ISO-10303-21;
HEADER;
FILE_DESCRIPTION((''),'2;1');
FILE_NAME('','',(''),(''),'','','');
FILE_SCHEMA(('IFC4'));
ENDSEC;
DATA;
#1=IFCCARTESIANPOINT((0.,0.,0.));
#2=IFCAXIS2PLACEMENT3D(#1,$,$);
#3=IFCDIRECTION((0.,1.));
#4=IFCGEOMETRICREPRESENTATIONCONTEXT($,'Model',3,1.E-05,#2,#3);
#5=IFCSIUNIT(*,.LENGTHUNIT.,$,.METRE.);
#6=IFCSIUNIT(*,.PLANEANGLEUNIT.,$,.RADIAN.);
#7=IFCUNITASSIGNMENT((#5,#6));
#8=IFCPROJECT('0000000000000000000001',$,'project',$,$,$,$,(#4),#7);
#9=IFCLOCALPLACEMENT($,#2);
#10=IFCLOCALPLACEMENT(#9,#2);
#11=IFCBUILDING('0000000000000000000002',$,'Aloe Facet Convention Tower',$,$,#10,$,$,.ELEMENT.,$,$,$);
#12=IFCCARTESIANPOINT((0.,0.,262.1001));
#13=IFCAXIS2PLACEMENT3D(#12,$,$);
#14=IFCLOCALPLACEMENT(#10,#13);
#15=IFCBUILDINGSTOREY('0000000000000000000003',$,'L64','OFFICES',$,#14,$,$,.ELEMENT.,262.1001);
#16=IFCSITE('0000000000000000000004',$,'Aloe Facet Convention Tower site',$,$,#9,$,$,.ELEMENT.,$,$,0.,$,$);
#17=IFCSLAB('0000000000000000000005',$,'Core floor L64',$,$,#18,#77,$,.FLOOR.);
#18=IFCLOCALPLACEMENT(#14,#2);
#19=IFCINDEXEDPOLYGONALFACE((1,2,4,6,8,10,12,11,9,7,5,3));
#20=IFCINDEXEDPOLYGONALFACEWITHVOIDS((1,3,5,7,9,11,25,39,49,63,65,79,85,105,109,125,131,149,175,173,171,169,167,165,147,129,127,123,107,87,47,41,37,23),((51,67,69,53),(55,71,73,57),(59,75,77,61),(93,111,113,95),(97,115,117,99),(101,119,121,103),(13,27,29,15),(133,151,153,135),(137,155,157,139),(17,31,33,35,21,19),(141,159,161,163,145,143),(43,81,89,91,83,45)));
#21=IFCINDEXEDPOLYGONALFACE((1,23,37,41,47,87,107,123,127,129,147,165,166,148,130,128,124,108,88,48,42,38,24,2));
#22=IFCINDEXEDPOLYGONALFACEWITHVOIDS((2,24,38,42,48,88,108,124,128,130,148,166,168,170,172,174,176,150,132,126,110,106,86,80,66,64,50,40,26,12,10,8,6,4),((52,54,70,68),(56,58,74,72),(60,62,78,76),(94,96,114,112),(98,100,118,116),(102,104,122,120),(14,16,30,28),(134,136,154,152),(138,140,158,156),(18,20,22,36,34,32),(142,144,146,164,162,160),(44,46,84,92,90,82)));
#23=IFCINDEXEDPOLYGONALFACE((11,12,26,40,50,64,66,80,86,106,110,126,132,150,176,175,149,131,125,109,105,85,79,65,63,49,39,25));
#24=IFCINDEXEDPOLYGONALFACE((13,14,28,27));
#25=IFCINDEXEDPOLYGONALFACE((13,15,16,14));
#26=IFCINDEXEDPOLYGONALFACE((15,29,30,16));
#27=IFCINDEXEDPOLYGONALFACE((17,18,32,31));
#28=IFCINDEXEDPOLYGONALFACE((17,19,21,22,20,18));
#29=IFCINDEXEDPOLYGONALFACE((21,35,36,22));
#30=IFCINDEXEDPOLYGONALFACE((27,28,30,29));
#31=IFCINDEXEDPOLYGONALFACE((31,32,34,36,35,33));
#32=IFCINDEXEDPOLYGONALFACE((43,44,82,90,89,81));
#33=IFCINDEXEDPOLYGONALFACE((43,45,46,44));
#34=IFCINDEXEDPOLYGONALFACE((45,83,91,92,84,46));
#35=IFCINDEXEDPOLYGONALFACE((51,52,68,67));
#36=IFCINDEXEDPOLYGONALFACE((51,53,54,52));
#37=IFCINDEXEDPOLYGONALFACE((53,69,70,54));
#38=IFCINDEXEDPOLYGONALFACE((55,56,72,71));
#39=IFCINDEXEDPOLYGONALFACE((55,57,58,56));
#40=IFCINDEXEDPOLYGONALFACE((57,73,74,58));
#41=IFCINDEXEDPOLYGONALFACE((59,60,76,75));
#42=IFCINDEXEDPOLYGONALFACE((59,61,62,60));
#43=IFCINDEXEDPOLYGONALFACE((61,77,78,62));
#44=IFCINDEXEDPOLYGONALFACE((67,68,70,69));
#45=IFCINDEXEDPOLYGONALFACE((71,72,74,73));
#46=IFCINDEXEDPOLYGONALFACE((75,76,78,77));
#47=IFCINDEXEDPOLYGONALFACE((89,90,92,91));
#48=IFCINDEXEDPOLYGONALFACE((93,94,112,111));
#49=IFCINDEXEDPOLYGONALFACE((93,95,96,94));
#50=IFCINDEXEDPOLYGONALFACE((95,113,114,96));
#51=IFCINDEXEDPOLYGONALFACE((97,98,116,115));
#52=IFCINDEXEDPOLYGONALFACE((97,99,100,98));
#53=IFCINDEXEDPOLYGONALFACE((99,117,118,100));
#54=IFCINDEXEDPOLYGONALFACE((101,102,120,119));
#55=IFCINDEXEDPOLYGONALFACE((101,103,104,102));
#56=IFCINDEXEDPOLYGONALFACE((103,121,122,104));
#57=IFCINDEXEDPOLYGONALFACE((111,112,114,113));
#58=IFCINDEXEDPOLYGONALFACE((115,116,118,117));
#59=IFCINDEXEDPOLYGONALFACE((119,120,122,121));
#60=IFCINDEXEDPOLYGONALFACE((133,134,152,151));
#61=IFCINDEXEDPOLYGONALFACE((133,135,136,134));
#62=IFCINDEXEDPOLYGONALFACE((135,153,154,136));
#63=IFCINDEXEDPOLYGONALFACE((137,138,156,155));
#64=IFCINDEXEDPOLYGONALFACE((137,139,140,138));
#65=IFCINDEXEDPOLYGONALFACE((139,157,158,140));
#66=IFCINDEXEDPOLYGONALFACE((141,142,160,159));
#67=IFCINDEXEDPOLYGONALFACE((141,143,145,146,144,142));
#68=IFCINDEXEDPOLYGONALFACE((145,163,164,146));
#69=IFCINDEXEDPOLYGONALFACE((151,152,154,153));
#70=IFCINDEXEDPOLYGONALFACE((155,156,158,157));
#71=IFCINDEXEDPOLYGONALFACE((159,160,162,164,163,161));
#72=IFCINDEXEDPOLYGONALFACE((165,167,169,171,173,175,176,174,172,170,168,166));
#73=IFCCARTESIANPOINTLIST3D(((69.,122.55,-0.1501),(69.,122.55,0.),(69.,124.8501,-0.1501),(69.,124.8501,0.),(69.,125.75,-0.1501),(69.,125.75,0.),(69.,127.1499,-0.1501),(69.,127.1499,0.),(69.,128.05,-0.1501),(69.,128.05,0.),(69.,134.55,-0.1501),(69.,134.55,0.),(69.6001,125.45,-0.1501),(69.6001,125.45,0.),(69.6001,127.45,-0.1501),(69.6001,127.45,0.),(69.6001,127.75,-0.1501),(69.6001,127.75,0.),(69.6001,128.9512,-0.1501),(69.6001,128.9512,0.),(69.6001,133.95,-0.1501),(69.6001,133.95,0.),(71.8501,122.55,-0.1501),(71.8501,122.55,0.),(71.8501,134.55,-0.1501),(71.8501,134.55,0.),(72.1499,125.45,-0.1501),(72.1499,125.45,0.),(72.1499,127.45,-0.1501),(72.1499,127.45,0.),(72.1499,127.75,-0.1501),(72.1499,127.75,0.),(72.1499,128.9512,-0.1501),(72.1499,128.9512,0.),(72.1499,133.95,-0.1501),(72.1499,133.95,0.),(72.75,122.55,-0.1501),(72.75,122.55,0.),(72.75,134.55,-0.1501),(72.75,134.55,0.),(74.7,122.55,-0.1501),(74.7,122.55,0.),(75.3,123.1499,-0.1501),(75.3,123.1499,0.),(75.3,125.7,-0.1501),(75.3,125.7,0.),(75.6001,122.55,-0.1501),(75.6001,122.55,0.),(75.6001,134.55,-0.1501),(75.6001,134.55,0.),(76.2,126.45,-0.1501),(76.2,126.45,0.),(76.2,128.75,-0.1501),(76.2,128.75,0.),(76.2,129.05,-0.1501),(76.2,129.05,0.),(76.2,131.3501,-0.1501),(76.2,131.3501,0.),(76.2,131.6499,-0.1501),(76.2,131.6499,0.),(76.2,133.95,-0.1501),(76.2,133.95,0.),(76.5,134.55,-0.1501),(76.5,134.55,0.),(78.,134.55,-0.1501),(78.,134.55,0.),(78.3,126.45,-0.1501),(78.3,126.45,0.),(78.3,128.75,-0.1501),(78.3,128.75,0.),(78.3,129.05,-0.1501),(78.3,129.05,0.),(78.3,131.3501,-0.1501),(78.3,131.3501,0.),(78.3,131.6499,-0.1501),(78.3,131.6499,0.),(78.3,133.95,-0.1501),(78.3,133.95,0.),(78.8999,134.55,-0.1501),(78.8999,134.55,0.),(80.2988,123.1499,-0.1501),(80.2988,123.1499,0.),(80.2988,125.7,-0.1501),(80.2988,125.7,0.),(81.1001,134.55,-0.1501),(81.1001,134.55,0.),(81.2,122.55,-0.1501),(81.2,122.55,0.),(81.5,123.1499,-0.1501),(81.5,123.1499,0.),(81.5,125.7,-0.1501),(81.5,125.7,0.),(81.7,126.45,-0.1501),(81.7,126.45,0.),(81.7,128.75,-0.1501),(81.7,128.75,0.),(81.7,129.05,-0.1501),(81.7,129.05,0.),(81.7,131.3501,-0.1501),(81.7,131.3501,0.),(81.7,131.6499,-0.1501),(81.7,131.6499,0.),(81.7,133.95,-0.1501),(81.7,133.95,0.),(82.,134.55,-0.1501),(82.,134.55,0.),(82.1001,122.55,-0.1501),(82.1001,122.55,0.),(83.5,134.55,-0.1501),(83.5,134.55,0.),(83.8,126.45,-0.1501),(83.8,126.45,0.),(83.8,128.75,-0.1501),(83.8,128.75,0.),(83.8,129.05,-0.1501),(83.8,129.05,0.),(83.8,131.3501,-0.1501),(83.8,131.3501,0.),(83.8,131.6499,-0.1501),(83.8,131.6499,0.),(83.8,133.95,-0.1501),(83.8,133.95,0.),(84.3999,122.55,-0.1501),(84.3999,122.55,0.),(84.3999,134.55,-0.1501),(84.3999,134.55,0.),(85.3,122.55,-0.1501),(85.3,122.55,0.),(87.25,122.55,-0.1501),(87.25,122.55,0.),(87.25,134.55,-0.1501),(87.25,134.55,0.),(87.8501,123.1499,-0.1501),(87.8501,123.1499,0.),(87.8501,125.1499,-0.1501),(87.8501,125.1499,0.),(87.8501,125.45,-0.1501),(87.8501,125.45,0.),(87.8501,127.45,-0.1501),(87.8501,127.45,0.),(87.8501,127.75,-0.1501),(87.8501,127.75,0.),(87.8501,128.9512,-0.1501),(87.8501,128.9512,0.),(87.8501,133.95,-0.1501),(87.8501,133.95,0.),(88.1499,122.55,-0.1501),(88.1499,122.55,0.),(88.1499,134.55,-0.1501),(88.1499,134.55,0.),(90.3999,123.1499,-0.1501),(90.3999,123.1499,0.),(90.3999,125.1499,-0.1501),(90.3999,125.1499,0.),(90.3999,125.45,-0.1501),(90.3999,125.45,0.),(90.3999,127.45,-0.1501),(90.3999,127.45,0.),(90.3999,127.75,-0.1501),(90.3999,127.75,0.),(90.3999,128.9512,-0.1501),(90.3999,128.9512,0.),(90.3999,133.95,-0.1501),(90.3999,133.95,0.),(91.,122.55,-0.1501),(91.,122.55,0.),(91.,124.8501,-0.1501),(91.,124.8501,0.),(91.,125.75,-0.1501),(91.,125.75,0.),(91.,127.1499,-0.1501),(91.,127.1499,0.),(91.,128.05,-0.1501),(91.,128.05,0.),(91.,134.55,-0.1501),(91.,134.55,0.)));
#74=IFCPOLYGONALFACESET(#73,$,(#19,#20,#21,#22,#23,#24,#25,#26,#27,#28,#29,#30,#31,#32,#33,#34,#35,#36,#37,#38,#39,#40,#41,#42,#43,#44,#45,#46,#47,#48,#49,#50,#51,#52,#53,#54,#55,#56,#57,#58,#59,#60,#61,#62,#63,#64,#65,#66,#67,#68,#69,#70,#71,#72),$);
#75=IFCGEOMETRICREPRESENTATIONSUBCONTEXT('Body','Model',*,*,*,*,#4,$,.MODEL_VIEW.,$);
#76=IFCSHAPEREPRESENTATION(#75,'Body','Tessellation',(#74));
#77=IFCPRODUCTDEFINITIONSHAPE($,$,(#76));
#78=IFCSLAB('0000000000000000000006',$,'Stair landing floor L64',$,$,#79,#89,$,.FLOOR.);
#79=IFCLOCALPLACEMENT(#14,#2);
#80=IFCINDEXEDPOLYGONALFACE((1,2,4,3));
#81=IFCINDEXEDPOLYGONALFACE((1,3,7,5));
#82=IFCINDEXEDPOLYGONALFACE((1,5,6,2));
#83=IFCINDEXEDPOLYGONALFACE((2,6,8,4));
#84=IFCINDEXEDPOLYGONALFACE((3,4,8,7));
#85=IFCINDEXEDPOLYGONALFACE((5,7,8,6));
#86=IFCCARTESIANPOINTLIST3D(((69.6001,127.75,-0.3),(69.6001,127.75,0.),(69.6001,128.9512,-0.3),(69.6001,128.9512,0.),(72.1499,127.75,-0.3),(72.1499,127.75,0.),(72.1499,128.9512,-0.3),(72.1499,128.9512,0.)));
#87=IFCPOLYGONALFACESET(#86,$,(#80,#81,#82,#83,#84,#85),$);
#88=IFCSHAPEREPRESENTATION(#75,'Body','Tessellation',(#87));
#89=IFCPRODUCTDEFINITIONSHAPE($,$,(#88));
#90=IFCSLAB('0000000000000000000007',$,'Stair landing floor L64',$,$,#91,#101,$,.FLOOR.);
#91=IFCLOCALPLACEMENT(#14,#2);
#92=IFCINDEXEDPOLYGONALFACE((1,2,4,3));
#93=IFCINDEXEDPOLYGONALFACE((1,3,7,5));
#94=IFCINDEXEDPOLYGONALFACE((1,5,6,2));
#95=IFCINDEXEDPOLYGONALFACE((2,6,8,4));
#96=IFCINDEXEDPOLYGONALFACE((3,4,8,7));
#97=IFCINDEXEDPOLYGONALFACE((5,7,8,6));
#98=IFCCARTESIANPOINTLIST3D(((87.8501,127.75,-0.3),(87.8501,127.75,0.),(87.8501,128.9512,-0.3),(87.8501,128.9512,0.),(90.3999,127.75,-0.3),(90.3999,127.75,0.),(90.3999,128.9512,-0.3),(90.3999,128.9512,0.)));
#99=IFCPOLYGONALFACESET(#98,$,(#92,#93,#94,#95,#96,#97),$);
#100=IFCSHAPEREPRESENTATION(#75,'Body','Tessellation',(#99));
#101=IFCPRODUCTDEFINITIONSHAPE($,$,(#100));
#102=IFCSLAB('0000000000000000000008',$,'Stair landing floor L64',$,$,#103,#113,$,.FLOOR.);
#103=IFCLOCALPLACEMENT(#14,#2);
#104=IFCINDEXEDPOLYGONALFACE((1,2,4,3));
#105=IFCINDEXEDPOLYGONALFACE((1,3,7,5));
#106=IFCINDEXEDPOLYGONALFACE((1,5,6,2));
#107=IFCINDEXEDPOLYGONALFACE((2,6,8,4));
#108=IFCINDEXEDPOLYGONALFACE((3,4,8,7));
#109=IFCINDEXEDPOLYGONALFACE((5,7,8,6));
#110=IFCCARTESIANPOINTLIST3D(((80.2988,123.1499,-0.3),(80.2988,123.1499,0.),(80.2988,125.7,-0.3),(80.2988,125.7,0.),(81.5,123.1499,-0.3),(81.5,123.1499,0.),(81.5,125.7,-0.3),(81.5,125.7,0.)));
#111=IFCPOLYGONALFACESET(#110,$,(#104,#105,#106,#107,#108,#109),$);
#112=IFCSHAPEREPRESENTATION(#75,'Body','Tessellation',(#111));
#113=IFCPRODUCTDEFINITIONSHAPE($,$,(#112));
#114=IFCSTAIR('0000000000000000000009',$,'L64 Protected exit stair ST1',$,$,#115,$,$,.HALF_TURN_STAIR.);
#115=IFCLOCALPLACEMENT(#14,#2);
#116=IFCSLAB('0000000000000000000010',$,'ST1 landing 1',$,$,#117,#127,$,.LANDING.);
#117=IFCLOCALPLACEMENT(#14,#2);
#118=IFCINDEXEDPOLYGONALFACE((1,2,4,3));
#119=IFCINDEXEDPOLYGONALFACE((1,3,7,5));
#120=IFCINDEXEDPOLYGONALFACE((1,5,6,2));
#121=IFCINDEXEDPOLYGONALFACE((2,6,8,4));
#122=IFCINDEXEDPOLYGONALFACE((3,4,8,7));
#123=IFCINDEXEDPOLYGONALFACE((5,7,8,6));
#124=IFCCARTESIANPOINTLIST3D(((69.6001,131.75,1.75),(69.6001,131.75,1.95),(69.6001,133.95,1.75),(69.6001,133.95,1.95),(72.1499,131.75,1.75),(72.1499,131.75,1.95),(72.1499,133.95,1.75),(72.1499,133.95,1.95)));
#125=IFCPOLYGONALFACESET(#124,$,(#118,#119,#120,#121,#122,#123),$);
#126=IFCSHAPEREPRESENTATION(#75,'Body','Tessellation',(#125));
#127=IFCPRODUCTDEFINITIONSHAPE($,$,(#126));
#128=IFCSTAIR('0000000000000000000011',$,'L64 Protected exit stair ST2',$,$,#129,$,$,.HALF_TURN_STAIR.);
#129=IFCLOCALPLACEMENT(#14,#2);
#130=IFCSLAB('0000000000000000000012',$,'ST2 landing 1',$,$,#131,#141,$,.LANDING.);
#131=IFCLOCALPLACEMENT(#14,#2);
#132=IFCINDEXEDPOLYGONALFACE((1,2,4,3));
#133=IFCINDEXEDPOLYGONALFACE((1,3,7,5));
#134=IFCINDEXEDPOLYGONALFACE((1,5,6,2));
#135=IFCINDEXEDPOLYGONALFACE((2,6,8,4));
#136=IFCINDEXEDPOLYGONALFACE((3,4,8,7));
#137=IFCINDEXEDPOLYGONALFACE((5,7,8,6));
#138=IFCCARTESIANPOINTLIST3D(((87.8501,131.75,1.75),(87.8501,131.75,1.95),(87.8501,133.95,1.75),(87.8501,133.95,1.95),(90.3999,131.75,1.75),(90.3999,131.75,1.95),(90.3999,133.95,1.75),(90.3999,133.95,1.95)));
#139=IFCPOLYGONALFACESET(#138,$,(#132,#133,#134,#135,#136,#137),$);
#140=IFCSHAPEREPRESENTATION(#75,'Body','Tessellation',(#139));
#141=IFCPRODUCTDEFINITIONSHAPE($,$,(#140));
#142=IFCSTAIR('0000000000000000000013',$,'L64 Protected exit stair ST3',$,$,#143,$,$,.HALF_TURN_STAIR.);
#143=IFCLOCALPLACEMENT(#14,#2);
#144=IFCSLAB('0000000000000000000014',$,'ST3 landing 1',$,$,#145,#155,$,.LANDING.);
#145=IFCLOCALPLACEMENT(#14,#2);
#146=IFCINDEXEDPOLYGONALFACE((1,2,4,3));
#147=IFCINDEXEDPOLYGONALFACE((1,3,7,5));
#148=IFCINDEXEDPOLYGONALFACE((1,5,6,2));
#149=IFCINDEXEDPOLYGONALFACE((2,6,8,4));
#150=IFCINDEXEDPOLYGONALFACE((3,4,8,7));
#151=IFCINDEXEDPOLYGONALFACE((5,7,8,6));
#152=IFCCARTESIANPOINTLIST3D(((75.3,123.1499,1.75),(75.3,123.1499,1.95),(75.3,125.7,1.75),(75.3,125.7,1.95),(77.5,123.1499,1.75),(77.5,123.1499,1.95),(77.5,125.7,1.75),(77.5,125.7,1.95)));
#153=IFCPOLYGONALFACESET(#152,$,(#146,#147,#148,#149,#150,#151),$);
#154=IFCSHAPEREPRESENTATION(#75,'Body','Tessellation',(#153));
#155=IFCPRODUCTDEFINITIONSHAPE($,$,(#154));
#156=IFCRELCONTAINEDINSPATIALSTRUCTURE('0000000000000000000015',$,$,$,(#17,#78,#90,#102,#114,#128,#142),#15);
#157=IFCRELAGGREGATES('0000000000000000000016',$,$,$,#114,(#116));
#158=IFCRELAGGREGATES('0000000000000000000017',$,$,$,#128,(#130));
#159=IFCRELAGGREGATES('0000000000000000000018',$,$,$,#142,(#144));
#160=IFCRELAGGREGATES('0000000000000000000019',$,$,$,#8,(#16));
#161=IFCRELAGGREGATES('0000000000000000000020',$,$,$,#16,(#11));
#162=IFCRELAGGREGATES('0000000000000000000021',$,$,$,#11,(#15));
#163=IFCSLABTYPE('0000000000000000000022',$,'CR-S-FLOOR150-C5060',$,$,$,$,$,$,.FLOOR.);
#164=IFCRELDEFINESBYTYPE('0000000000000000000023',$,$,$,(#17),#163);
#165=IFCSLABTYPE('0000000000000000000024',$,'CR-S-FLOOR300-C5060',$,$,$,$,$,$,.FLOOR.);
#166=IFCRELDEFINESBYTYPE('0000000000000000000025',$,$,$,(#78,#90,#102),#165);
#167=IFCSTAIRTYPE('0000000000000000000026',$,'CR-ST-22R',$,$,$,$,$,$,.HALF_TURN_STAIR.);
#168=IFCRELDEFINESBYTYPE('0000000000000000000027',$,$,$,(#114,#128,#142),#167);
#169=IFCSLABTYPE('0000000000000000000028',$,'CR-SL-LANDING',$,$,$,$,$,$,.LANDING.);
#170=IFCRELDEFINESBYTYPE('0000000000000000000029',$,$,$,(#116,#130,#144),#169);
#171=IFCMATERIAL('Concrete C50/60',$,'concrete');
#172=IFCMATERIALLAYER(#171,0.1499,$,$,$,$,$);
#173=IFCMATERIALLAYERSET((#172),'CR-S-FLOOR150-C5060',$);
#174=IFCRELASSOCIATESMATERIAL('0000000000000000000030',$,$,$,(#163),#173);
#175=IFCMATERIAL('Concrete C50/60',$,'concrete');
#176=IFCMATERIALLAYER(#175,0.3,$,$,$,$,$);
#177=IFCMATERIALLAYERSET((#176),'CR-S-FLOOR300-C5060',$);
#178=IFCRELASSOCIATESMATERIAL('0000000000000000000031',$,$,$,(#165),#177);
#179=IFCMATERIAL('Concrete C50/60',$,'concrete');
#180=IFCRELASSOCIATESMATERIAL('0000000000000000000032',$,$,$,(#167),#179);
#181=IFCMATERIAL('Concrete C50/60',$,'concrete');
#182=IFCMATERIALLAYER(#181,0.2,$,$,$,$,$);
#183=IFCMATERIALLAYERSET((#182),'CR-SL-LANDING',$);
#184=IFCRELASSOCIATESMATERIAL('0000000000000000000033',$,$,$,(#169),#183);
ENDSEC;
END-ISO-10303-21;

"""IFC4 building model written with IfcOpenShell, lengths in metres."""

from ifc_helpers import new_model, si_unit, direction, frame, origin, place, context, subcontext, project, spatial, polyline, outline, extrude, material, layer, layer_set, type_object, element, aggregate, save


model = new_model("IFC4")

# Units and contexts
model_context = context("Model", 3, precision=1e-05, world=origin(), true_north=direction((0.0, 1.0)))
body_context = subcontext(model_context, "Body", "Model", "MODEL_VIEW")
ifc_project = project(units=[si_unit("LENGTHUNIT", "METRE"), si_unit("PLANEANGLEUNIT", "RADIAN")], contexts=[model_context])

# Site, building, storey
site_placement = place(None, origin())
site = spatial("IfcSite", under=ifc_project, at=site_placement, Name="Aloe Facet Convention Tower site", CompositionType="ELEMENT", RefElevation=0.0)
building_placement = place(site_placement, origin())
building = spatial("IfcBuilding", under=site, at=building_placement, Name="Aloe Facet Convention Tower", CompositionType="ELEMENT")
storey_placement = place(building_placement, frame((0.0, 0.0, 262.1001)))
storey = spatial("IfcBuildingStorey", under=building, at=storey_placement, Name="L64", Description="OFFICES", CompositionType="ELEMENT", Elevation=262.1001)

# Slabs
ifc_material_1 = material(Name="Concrete C50/60", Category="concrete")
ifc_layer_1 = layer(ifc_material_1, 0.1499)
ifc_layer_set_1 = layer_set([ifc_layer_1], Name="CR-S-FLOOR150-C5060")
slab_type_1 = type_object("IfcSlabType", Name="CR-S-FLOOR150-C5060", PredefinedType="FLOOR", material=ifc_layer_set_1)
slab_1_placement = place(storey_placement, frame((0.0, 0.0, -0.1501)))
element("IfcSlab", 1, at=slab_1_placement, inside=storey, type_object=slab_type_1, Name="Core floor L64", PredefinedType="FLOOR", context=body_context, shape_type="SweptSolid", body=[
    extrude(outline(polyline([(71.8501, 134.55), (72.75, 134.55), (75.6001, 134.55), (76.5, 134.55), (78.0, 134.55), (78.8999, 134.55), (81.1001, 134.55), (82.0, 134.55), (83.5, 134.55), (84.3999, 134.55), (87.25, 134.55), (88.1499, 134.55), (91.0, 134.55), (91.0, 128.05), (91.0, 127.1499), (91.0, 125.75), (91.0, 124.8501), (91.0, 122.55), (88.1499, 122.55), (87.25, 122.55), (85.3, 122.55), (84.3999, 122.55), (82.1001, 122.55), (81.2, 122.55), (75.6001, 122.55), (74.7, 122.55), (72.75, 122.55), (71.8501, 122.55), (69.0, 122.55), (69.0, 124.8501), (69.0, 125.75), (69.0, 127.1499), (69.0, 128.05), (69.0, 134.55), (71.8501, 134.55)]), holes=[polyline([(80.2988, 123.1499), (81.5, 123.1499), (81.5, 125.7), (80.2988, 125.7), (75.3, 125.7), (75.3, 123.1499), (80.2988, 123.1499)]), polyline([(69.6001, 125.45), (72.1499, 125.45), (72.1499, 127.45), (69.6001, 127.45), (69.6001, 125.45)]), polyline([(76.2, 126.45), (78.3, 126.45), (78.3, 128.75), (76.2, 128.75), (76.2, 126.45)]), polyline([(78.3, 129.05), (78.3, 131.3501), (76.2, 131.3501), (76.2, 129.05), (78.3, 129.05)]), polyline([(69.6001, 133.95), (69.6001, 128.9512), (69.6001, 127.75), (72.1499, 127.75), (72.1499, 128.9512), (72.1499, 133.95), (69.6001, 133.95)]), polyline([(76.2, 131.6499), (78.3, 131.6499), (78.3, 133.95), (76.2, 133.95), (76.2, 131.6499)]), polyline([(90.3999, 123.1499), (90.3999, 125.1499), (87.8501, 125.1499), (87.8501, 123.1499), (90.3999, 123.1499)]), polyline([(87.8501, 125.45), (90.3999, 125.45), (90.3999, 127.45), (87.8501, 127.45), (87.8501, 125.45)]), polyline([(81.7, 126.45), (83.8, 126.45), (83.8, 128.75), (81.7, 128.75), (81.7, 126.45)]), polyline([(83.8, 129.05), (83.8, 131.3501), (81.7, 131.3501), (81.7, 129.05), (83.8, 129.05)]), polyline([(87.8501, 133.95), (87.8501, 128.9512), (87.8501, 127.75), (90.3999, 127.75), (90.3999, 128.9512), (90.3999, 133.95), (87.8501, 133.95)]), polyline([(81.7, 131.6499), (83.8, 131.6499), (83.8, 133.95), (81.7, 133.95), (81.7, 131.6499)])]), origin(), (0.0, 0.0, 1.0), 0.1501),
])
ifc_material_2 = material(Name="Concrete C50/60", Category="concrete")
ifc_layer_2 = layer(ifc_material_2, 0.3)
ifc_layer_set_2 = layer_set([ifc_layer_2], Name="CR-S-FLOOR300-C5060")
slab_type_2 = type_object("IfcSlabType", Name="CR-S-FLOOR300-C5060", PredefinedType="FLOOR", material=ifc_layer_set_2)
slab_2_placement = place(storey_placement, frame((0.0, 0.0, -0.3)))
element("IfcSlab", 2, at=slab_2_placement, inside=storey, type_object=slab_type_2, Name="Stair landing floor L64", PredefinedType="FLOOR", context=body_context, shape_type="SweptSolid", body=[
    extrude(outline(polyline([(72.1499, 127.75), (72.1499, 128.9512), (69.6001, 128.9512), (69.6001, 127.75), (72.1499, 127.75)])), origin(), (0.0, 0.0, 1.0), 0.3),
])
slab_3_placement = place(storey_placement, frame((0.0, 0.0, -0.3)))
element("IfcSlab", 3, at=slab_3_placement, inside=storey, type_object=slab_type_2, Name="Stair landing floor L64", PredefinedType="FLOOR", context=body_context, shape_type="SweptSolid", body=[
    extrude(outline(polyline([(90.3999, 127.75), (90.3999, 128.9512), (87.8501, 128.9512), (87.8501, 127.75), (90.3999, 127.75)])), origin(), (0.0, 0.0, 1.0), 0.3),
])
slab_4_placement = place(storey_placement, frame((0.0, 0.0, -0.3)))
element("IfcSlab", 4, at=slab_4_placement, inside=storey, type_object=slab_type_2, Name="Stair landing floor L64", PredefinedType="FLOOR", context=body_context, shape_type="SweptSolid", body=[
    extrude(outline(polyline([(81.5, 125.7), (80.2988, 125.7), (80.2988, 123.1499), (81.5, 123.1499), (81.5, 125.7)])), origin(), (0.0, 0.0, 1.0), 0.3),
])

# Stairs, slabs
ifc_material_3 = material(Name="Concrete C50/60", Category="concrete")
stair_type = type_object("IfcStairType", Name="CR-ST-22R", PredefinedType="HALF_TURN_STAIR", material=ifc_material_3)
stair_1_placement = place(storey_placement, origin())
stair_1 = element("IfcStair", 5, at=stair_1_placement, inside=storey, type_object=stair_type, Name="L64 Protected exit stair ST1", PredefinedType="HALF_TURN_STAIR")
ifc_material_4 = material(Name="Concrete C50/60", Category="concrete")
ifc_layer_3 = layer(ifc_material_4, 0.2)
ifc_layer_set_3 = layer_set([ifc_layer_3], Name="CR-SL-LANDING")
slab_type_3 = type_object("IfcSlabType", Name="CR-SL-LANDING", PredefinedType="LANDING", material=ifc_layer_set_3)
slab_5_placement = place(storey_placement, frame((0.0, 0.0, 1.75)))
slab_5 = element("IfcSlab", 6, at=slab_5_placement, type_object=slab_type_3, Name="ST1 landing 1", PredefinedType="LANDING", context=body_context, shape_type="SweptSolid", body=[
    extrude(outline(polyline([(72.1499, 131.75), (72.1499, 133.95), (69.6001, 133.95), (69.6001, 131.75), (72.1499, 131.75)])), origin(), (0.0, 0.0, 1.0), 0.2),
])
aggregate(stair_1, [slab_5])
stair_2_placement = place(storey_placement, origin())
stair_2 = element("IfcStair", 7, at=stair_2_placement, inside=storey, type_object=stair_type, Name="L64 Protected exit stair ST2", PredefinedType="HALF_TURN_STAIR")
slab_6_placement = place(storey_placement, frame((0.0, 0.0, 1.75)))
slab_6 = element("IfcSlab", 8, at=slab_6_placement, type_object=slab_type_3, Name="ST2 landing 1", PredefinedType="LANDING", context=body_context, shape_type="SweptSolid", body=[
    extrude(outline(polyline([(90.3999, 131.75), (90.3999, 133.95), (87.8501, 133.95), (87.8501, 131.75), (90.3999, 131.75)])), origin(), (0.0, 0.0, 1.0), 0.2),
])
aggregate(stair_2, [slab_6])
stair_3_placement = place(storey_placement, origin())
stair_3 = element("IfcStair", 9, at=stair_3_placement, inside=storey, type_object=stair_type, Name="L64 Protected exit stair ST3", PredefinedType="HALF_TURN_STAIR")
slab_7_placement = place(storey_placement, frame((0.0, 0.0, 1.75)))
slab_7 = element("IfcSlab", 10, at=slab_7_placement, type_object=slab_type_3, Name="ST3 landing 1", PredefinedType="LANDING", context=body_context, shape_type="SweptSolid", body=[
    extrude(outline(polyline([(77.5, 125.7), (75.3, 125.7), (75.3, 123.1499), (77.5, 123.1499), (77.5, 125.7)])), origin(), (0.0, 0.0, 1.0), 0.2),
])
aggregate(stair_3, [slab_7])

save(model, "model.ifc")
